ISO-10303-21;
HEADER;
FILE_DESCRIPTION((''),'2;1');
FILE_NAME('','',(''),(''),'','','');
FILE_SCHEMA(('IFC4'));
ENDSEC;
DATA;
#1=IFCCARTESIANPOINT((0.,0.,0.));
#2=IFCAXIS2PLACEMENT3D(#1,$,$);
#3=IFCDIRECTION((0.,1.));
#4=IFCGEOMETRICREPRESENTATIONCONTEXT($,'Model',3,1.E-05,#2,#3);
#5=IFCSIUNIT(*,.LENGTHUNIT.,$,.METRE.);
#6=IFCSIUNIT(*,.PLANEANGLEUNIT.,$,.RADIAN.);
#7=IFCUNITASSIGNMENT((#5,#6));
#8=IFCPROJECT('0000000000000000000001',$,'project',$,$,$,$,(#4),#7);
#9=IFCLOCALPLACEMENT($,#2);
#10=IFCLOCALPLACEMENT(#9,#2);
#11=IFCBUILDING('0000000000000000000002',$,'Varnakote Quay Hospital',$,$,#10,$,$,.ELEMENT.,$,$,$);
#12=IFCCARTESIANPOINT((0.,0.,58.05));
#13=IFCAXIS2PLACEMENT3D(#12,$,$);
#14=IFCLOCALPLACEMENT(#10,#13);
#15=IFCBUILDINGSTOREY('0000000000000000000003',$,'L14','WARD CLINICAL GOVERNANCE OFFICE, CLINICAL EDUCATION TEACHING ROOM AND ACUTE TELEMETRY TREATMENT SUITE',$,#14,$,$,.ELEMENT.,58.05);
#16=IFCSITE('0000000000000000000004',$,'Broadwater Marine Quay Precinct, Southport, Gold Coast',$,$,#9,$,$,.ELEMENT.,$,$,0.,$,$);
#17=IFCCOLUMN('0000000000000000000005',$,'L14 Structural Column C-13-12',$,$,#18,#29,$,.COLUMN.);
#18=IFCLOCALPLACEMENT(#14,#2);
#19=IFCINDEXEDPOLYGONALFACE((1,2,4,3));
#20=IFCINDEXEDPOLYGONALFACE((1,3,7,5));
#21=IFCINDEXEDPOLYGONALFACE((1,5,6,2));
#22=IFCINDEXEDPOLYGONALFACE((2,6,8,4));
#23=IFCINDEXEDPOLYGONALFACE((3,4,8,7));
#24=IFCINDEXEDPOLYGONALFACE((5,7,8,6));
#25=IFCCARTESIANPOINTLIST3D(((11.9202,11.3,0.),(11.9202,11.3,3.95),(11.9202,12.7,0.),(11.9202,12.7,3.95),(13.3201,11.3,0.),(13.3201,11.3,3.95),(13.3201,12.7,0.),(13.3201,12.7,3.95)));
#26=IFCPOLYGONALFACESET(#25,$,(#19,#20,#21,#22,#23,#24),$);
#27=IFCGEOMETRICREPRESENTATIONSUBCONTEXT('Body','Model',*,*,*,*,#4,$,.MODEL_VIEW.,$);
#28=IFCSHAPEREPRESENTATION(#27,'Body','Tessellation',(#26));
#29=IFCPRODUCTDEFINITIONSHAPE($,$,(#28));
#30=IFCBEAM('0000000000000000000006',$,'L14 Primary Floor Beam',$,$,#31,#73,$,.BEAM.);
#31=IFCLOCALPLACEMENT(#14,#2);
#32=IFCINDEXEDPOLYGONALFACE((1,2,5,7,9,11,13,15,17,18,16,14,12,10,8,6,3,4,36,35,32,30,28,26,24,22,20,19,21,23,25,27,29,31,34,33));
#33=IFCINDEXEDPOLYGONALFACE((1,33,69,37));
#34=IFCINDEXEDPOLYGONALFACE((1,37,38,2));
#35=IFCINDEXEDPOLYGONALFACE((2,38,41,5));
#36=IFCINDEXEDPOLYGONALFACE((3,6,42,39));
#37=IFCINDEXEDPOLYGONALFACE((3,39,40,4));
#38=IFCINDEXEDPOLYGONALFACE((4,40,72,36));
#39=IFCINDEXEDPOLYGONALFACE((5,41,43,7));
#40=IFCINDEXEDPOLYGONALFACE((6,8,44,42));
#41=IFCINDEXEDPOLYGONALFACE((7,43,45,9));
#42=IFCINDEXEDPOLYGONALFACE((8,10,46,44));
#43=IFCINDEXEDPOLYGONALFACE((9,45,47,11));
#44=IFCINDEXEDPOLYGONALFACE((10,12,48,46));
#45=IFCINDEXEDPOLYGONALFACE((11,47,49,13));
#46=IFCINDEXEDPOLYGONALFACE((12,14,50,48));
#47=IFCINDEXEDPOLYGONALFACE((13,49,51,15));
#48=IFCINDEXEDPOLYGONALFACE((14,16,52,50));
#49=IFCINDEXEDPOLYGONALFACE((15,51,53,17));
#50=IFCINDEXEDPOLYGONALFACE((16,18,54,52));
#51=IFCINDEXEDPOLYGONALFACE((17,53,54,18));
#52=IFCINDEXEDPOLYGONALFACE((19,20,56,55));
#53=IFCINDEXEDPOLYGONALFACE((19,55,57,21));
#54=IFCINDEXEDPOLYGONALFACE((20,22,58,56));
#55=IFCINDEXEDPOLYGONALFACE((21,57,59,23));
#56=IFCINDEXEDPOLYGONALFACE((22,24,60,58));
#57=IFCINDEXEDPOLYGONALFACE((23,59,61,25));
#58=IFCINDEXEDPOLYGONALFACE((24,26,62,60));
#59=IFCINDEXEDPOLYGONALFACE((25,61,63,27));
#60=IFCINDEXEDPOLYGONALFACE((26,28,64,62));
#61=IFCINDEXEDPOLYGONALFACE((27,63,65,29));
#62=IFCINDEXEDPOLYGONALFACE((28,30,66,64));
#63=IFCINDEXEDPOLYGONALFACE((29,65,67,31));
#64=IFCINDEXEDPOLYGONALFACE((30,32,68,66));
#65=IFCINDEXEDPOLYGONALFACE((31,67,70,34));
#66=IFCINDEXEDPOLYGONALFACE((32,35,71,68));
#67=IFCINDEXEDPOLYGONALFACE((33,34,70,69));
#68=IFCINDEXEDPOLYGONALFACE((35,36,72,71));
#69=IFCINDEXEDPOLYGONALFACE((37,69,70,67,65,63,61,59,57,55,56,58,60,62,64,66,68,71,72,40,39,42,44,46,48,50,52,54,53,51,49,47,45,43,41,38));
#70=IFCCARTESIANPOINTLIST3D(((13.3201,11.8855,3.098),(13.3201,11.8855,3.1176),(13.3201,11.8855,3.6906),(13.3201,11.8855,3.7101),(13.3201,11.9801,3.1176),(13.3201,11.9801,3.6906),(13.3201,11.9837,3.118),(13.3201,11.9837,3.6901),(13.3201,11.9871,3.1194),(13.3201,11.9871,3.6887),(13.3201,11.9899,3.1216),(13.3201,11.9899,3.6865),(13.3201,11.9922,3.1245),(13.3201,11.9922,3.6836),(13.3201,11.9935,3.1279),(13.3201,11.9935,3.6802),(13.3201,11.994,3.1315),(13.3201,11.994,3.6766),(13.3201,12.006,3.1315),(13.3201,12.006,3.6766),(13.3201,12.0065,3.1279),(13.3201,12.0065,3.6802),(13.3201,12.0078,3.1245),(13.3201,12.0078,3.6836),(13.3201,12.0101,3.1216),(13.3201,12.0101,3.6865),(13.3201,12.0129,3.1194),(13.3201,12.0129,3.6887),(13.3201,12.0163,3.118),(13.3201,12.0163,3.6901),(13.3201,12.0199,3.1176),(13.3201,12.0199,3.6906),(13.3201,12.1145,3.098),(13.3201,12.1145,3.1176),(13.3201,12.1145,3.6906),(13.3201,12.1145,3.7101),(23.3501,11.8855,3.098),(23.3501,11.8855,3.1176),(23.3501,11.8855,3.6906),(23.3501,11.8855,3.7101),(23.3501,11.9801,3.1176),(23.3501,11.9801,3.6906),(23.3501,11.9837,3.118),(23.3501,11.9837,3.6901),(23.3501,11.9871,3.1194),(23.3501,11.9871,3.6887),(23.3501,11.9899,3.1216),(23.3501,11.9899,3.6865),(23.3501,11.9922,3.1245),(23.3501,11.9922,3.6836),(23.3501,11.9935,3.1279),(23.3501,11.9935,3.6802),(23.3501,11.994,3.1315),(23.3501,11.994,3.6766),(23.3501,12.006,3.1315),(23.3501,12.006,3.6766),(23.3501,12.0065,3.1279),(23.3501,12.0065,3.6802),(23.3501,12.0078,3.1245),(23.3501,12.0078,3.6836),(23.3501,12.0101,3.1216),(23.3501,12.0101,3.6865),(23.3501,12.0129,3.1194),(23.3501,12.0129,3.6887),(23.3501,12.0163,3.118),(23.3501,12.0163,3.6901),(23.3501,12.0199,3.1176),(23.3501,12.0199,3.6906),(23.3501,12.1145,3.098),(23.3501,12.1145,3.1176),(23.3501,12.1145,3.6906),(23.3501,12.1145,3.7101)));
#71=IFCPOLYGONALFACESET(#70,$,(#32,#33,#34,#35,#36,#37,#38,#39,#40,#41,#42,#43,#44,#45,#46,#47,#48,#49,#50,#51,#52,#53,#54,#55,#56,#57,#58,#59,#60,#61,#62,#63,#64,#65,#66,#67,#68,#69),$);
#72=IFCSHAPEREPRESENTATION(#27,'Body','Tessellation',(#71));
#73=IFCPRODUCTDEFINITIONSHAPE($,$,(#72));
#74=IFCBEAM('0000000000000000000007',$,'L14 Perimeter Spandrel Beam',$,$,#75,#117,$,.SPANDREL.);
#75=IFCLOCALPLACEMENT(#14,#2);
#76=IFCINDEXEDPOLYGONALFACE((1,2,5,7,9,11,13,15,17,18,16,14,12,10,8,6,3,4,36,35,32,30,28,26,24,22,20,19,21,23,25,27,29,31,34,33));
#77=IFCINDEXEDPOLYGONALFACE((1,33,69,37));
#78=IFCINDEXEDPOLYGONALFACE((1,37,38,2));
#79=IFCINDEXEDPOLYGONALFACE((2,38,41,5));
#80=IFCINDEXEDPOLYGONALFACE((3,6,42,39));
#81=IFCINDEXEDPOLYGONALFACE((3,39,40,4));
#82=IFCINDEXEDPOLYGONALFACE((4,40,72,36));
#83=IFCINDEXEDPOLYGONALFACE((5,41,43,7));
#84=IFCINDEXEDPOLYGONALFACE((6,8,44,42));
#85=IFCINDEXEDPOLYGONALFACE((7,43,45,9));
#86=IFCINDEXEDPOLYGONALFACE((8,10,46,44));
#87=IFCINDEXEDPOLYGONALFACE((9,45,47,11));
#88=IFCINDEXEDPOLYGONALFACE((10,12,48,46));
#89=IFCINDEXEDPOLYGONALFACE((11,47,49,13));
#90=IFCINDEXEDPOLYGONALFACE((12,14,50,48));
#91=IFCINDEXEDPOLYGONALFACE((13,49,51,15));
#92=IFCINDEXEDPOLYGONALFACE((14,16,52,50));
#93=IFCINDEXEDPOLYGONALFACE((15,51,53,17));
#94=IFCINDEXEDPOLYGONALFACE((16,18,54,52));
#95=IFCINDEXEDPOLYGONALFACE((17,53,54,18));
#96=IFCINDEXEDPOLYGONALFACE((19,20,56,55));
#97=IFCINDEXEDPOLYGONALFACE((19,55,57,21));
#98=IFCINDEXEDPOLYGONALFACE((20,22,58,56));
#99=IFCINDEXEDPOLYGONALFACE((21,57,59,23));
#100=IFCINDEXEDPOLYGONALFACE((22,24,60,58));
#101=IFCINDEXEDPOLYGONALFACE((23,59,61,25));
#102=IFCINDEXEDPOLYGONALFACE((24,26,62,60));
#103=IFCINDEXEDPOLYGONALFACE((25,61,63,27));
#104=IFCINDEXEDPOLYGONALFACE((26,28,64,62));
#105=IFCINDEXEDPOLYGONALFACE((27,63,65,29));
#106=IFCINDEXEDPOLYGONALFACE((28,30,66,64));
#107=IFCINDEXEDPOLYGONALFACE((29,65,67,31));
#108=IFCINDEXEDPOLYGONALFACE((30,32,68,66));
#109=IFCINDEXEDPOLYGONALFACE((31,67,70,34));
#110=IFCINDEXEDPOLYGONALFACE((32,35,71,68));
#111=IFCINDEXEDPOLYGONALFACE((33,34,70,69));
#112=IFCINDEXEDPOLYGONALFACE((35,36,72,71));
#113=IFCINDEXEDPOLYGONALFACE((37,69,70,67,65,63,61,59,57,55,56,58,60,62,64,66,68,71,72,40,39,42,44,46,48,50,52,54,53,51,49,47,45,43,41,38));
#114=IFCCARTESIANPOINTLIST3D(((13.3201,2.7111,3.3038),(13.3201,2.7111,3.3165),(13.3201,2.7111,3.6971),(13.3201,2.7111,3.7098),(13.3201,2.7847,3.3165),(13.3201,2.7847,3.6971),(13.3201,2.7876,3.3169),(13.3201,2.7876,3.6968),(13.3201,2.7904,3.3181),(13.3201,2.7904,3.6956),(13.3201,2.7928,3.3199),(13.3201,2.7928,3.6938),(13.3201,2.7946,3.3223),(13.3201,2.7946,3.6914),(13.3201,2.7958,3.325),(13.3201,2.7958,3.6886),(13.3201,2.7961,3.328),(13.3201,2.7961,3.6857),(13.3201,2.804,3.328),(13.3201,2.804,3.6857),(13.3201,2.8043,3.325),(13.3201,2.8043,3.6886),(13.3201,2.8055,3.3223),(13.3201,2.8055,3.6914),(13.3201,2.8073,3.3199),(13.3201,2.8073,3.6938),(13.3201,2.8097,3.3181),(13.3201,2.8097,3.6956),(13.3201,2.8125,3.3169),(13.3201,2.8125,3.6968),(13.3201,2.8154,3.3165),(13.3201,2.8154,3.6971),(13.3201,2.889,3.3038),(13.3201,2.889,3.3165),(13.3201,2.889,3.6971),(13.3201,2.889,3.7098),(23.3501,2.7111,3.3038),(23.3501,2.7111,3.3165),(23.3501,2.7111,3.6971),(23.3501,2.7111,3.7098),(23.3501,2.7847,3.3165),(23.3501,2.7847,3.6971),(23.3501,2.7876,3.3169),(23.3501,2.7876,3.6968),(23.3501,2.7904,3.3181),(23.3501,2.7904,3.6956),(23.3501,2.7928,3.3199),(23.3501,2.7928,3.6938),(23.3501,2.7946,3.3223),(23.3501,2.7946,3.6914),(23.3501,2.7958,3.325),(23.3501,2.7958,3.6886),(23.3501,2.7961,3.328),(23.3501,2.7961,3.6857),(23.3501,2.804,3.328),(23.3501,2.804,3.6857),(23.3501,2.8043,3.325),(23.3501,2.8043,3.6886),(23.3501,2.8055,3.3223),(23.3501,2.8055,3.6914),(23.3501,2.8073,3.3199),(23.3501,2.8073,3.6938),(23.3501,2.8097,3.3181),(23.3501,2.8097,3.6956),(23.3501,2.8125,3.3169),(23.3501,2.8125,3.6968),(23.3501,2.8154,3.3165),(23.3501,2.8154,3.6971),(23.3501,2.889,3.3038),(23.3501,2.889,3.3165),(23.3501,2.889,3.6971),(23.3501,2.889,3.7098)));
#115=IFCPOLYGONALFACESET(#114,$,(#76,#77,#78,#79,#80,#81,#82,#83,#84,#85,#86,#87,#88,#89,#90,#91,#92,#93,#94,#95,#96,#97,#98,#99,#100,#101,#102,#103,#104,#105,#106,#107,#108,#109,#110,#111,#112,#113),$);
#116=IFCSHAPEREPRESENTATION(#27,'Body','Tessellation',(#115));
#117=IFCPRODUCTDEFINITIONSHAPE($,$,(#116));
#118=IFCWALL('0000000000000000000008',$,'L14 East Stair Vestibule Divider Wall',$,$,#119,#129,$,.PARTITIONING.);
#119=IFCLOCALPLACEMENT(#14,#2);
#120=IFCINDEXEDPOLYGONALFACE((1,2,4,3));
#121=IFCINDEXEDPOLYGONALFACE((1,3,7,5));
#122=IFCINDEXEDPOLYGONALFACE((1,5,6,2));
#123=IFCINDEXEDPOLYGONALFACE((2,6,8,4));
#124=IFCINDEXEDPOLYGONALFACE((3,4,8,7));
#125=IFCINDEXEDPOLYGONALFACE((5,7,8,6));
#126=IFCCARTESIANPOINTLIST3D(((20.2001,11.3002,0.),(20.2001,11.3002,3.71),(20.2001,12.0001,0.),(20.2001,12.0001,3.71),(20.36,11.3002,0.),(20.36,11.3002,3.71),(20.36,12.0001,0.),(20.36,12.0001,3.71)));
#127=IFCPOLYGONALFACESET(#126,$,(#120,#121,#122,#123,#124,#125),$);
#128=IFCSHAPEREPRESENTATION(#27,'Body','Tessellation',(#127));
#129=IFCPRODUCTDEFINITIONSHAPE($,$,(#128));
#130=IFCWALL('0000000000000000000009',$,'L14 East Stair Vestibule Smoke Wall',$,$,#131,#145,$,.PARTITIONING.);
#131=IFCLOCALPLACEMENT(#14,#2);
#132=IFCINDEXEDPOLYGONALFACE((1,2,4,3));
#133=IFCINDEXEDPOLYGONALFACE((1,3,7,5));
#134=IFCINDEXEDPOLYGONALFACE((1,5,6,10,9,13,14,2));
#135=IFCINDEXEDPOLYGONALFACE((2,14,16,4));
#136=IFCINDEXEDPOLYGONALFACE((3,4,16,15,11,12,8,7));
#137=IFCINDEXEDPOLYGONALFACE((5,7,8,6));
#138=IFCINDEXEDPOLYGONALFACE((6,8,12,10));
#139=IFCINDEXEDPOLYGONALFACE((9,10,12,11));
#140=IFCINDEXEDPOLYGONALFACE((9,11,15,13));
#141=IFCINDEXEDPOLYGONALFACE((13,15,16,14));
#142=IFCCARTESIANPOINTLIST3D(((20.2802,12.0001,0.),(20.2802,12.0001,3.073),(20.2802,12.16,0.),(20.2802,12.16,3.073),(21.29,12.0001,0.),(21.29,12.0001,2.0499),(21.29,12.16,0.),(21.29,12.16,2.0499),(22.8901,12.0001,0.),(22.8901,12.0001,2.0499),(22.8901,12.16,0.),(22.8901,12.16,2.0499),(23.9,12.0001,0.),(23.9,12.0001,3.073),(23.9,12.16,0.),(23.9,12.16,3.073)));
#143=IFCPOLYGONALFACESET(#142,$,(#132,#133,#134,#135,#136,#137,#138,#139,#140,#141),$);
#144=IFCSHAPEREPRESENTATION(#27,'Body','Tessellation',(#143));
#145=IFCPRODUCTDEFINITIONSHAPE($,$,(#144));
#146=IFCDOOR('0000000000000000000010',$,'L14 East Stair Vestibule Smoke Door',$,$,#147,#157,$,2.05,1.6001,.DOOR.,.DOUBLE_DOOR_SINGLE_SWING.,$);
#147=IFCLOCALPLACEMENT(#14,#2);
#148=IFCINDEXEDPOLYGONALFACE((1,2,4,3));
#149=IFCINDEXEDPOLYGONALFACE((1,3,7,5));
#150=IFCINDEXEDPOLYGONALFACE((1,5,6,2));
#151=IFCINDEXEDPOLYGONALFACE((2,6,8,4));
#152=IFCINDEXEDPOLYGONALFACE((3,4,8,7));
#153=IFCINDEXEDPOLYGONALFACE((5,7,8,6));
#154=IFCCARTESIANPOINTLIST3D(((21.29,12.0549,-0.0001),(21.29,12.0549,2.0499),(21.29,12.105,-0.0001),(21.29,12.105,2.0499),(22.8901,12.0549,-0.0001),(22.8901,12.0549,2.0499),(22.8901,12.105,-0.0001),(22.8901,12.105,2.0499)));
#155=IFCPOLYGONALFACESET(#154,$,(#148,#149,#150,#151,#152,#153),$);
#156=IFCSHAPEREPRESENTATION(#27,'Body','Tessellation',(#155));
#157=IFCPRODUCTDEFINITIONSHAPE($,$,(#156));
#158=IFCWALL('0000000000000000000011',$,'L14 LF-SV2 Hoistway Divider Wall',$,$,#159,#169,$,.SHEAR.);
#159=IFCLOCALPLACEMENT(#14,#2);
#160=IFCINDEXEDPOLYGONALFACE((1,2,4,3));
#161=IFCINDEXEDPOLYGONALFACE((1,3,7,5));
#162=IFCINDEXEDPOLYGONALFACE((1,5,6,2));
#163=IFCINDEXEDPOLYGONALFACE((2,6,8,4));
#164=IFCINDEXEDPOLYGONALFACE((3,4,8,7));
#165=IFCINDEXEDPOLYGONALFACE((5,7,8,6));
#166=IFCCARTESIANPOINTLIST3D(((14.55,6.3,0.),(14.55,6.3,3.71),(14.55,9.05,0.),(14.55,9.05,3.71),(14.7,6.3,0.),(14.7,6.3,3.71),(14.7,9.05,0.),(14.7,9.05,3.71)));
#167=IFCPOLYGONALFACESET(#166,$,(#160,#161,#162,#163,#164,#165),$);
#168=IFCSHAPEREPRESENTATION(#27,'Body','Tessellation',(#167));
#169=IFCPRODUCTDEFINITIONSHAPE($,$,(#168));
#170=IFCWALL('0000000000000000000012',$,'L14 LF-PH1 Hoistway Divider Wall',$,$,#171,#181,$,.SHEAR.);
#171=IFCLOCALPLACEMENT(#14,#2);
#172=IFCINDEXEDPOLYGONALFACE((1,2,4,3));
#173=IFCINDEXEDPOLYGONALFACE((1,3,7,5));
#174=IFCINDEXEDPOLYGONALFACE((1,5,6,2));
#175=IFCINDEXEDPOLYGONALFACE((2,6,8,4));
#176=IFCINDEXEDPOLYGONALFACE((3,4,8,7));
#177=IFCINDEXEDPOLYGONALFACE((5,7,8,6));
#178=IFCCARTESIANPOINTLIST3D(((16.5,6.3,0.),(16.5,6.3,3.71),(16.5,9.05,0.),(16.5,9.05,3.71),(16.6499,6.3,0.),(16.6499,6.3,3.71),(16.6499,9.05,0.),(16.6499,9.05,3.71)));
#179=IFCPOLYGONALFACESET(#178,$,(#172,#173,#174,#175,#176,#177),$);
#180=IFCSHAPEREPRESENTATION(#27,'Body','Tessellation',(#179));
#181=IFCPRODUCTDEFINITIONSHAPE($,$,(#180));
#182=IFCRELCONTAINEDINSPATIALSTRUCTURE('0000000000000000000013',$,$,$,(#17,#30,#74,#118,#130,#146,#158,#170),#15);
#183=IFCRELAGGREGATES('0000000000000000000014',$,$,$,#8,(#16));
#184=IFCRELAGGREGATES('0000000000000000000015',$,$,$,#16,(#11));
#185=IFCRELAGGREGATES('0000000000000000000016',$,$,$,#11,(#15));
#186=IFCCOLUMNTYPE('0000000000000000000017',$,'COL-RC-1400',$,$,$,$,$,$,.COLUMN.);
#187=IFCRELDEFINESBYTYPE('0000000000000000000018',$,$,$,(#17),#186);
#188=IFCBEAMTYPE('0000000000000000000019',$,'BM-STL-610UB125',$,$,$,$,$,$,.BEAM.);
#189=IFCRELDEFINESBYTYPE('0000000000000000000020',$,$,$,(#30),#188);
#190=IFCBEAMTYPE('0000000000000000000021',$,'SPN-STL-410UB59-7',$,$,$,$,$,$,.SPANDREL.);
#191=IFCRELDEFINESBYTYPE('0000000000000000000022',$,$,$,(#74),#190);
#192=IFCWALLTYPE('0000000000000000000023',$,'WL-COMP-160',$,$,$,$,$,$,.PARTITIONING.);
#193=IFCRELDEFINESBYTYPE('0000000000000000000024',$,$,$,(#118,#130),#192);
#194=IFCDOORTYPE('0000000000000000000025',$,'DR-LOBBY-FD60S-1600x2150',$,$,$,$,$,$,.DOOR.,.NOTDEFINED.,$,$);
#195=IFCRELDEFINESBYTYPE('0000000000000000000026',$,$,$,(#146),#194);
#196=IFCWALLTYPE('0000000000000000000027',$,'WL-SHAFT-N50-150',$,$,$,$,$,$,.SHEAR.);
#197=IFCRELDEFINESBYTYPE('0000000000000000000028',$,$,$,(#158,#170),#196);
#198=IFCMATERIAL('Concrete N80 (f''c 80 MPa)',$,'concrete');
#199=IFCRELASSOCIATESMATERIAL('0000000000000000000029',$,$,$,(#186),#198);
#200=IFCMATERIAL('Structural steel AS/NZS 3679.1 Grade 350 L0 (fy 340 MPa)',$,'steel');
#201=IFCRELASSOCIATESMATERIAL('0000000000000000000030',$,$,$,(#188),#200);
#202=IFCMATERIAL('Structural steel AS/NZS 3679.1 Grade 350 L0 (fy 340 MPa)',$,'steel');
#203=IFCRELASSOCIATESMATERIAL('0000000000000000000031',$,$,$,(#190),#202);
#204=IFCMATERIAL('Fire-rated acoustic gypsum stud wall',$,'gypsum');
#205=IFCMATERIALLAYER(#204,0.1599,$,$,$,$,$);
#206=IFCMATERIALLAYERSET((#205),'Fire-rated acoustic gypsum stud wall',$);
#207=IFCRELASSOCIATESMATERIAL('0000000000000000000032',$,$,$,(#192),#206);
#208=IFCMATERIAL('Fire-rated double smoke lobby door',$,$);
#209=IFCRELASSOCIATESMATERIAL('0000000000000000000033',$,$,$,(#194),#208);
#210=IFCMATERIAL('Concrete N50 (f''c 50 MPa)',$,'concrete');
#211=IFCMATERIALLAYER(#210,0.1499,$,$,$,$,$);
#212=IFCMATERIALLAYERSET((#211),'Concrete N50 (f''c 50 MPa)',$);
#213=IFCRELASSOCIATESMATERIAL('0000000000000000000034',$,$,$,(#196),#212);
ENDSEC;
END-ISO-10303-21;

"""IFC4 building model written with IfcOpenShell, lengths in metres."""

from ifc_helpers import new_model, si_unit, direction, frame, frame_2d, origin, origin_2d, place, context, subcontext, project, spatial, rectangle, i_section, extrude, material, layer, layer_set, material_profile, profile_set, type_object, element, fill, save


model = new_model("IFC4")

# Units and contexts
model_context = context("Model", 3, precision=1e-05, world=origin(), true_north=direction((0.0, 1.0)))
body_context = subcontext(model_context, "Body", "Model", "MODEL_VIEW")
ifc_project = project(units=[si_unit("LENGTHUNIT", "METRE"), si_unit("PLANEANGLEUNIT", "RADIAN")], contexts=[model_context])

# Site, building, storey
site_placement = place(None, origin())
site = spatial("IfcSite", under=ifc_project, at=site_placement, Name="Broadwater Marine Quay Precinct, Southport, Gold Coast", CompositionType="ELEMENT", RefElevation=0.0)
building_placement = place(site_placement, origin())
building = spatial("IfcBuilding", under=site, at=building_placement, Name="Varnakote Quay Hospital", CompositionType="ELEMENT")
storey_placement = place(building_placement, frame((0.0, 0.0, 58.05)))
storey = spatial("IfcBuildingStorey", under=building, at=storey_placement, Name="L14", Description="WARD CLINICAL GOVERNANCE OFFICE, CLINICAL EDUCATION TEACHING ROOM AND ACUTE TELEMETRY TREATMENT SUITE", CompositionType="ELEMENT", Elevation=58.05)

# Column
ifc_material_1 = material(Name="Concrete N80 (f'c 80 MPa)", Category="concrete")
ifc_material_profile_1 = material_profile(ifc_material_1, rectangle(XDim=1.3999, YDim=1.3999, at=origin_2d()), Name="RC-COL-1400x1400")
ifc_profile_set_1 = profile_set([ifc_material_profile_1], Name="Concrete N80 (f'c 80 MPa)")
column_type = type_object("IfcColumnType", Name="COL-RC-1400", PredefinedType="COLUMN", material=ifc_profile_set_1)
column_placement = place(storey_placement, frame((12.6201, 12.0, 0.0), z_axis=(0.0, 0.0, 1.0), x_axis=(1.0, 0.0, 0.0)))
element("IfcColumn", 1, at=column_placement, inside=storey, type_object=column_type, Name="L14 Structural Column C-13-12", PredefinedType="COLUMN", context=body_context, shape_type="SweptSolid", body=[
    extrude(rectangle(XDim=1.3999, YDim=1.3999, at=origin_2d()), origin(), (0.0, 0.0, 1.0), 3.95),
])

# Beams
ifc_material_2 = material(Name="Structural steel AS/NZS 3679.1 Grade 350 L0 (fy 340 MPa)", Category="steel")
ifc_material_profile_2 = material_profile(ifc_material_2, i_section(OverallWidth=0.229, OverallDepth=0.6121, WebThickness=0.012, FlangeThickness=0.0195, FilletRadius=0.0139, at=origin_2d()), Name="610UB125")
ifc_profile_set_2 = profile_set([ifc_material_profile_2], Name="Structural steel AS/NZS 3679.1 Grade 350 L0 (fy 340 MPa)")
beam_type_1 = type_object("IfcBeamType", Name="BM-STL-610UB125", PredefinedType="BEAM", material=ifc_profile_set_2)
beam_1_placement = place(storey_placement, frame((13.3201, 12.0, 3.4041), z_axis=(1.0, 0.0, 0.0), x_axis=(0.0, 1.0, 0.0)))
element("IfcBeam", 2, at=beam_1_placement, inside=storey, type_object=beam_type_1, Name="L14 Primary Floor Beam", PredefinedType="BEAM", context=body_context, shape_type="SweptSolid", body=[
    extrude(i_section(OverallWidth=0.229, OverallDepth=0.6121, WebThickness=0.012, FlangeThickness=0.0195, FilletRadius=0.0139, at=origin_2d()), origin(), (0.0, 0.0, 1.0), 10.03),
])
ifc_material_3 = material(Name="Structural steel AS/NZS 3679.1 Grade 350 L0 (fy 340 MPa)", Category="steel")
ifc_material_profile_3 = material_profile(ifc_material_3, i_section(OverallWidth=0.178, OverallDepth=0.406, WebThickness=0.0078, FlangeThickness=0.0127, FilletRadius=0.0115, at=origin_2d()), Name="410UB59.7")
ifc_profile_set_3 = profile_set([ifc_material_profile_3], Name="Structural steel AS/NZS 3679.1 Grade 350 L0 (fy 340 MPa)")
beam_type_2 = type_object("IfcBeamType", Name="SPN-STL-410UB59-7", PredefinedType="SPANDREL", material=ifc_profile_set_3)
beam_2_placement = place(storey_placement, frame((13.3201, 2.8, 3.5068), z_axis=(1.0, 0.0, 0.0), x_axis=(0.0, 1.0, 0.0)))
element("IfcBeam", 3, at=beam_2_placement, inside=storey, type_object=beam_type_2, Name="L14 Perimeter Spandrel Beam", PredefinedType="SPANDREL", context=body_context, shape_type="SweptSolid", body=[
    extrude(i_section(OverallWidth=0.178, OverallDepth=0.406, WebThickness=0.0078, FlangeThickness=0.0127, FilletRadius=0.0115, at=origin_2d()), origin(), (0.0, 0.0, 1.0), 10.03),
])

# Wall
ifc_material_4 = material(Name="Fire-rated acoustic gypsum stud wall", Category="gypsum")
ifc_layer_1 = layer(ifc_material_4, 0.1599)
ifc_layer_set_1 = layer_set([ifc_layer_1], Name="Fire-rated acoustic gypsum stud wall")
wall_type_1 = type_object("IfcWallType", Name="WL-COMP-160", PredefinedType="PARTITIONING", material=ifc_layer_set_1)
wall_1_placement = place(storey_placement, frame((20.28, 11.3, 0.0), z_axis=(0.0, 0.0, 1.0), x_axis=(0.0, 1.0, 0.0)))
element("IfcWall", 4, at=wall_1_placement, inside=storey, type_object=wall_type_1, Name="L14 East Stair Vestibule Divider Wall", PredefinedType="PARTITIONING", context=body_context, shape_type="SweptSolid", body=[
    extrude(rectangle(XDim=0.7, YDim=0.1599, at=frame_2d((0.3501, 0.0))), origin(), (0.0, 0.0, 1.0), 3.71),
])

# Wall, opening, door
wall_2_placement = place(storey_placement, frame((20.28, 12.0801, 0.0), z_axis=(0.0, 0.0, 1.0), x_axis=(1.0, 0.0, 0.0)))
wall_2 = element("IfcWall", 5, at=wall_2_placement, inside=storey, type_object=wall_type_1, Name="L14 East Stair Vestibule Smoke Wall", PredefinedType="PARTITIONING", context=body_context, shape_type="SweptSolid", body=[
    extrude(rectangle(XDim=3.6199, YDim=0.1599, at=frame_2d((1.8101, 0.0))), origin(), (0.0, 0.0, 1.0), 3.073),
])
opening_1_placement = place(wall_2_placement, frame((1.01, 0.0, 0.0)))
opening_1 = element("IfcOpeningElement", 6, at=opening_1_placement, cuts=wall_2, PredefinedType="OPENING", context=body_context, shape_type="SweptSolid", body=[
    extrude(rectangle(XDim=1.6001, YDim=2.05, at=frame_2d((0.8, 1.0249))), frame((0.0, 0.0898, 0.0), z_axis=(0.0, -1.0, 0.0), x_axis=(1.0, 0.0, 0.0)), (0.0, 0.0, 1.0), 0.1799),
])
ifc_material_5 = material(Name="Fire-rated double smoke lobby door")
door_type_1 = type_object("IfcDoorType", Name="DR-LOBBY-FD60S-1600x2150", OperationType="NOTDEFINED", PredefinedType="DOOR", material=ifc_material_5)
door_1_placement = place(opening_1_placement, origin())
door_1 = element("IfcDoor", 7, at=door_1_placement, inside=storey, type_object=door_type_1, Name="L14 East Stair Vestibule Smoke Door", OperationType="DOUBLE_DOOR_SINGLE_SWING", OverallHeight=2.05, OverallWidth=1.6001, PredefinedType="DOOR", context=body_context, shape_type="SweptSolid", body=[
    extrude(rectangle(XDim=1.6001, YDim=2.05, at=frame_2d((0.8, 1.0249))), frame((0.0, 0.0249, 0.0), z_axis=(0.0, -1.0, 0.0), x_axis=(1.0, 0.0, 0.0)), (0.0, 0.0, 1.0), 0.05),
])
fill(opening_1, door_1)

# Walls
ifc_material_6 = material(Name="Concrete N50 (f'c 50 MPa)", Category="concrete")
ifc_layer_2 = layer(ifc_material_6, 0.1499)
ifc_layer_set_2 = layer_set([ifc_layer_2], Name="Concrete N50 (f'c 50 MPa)")
wall_type_2 = type_object("IfcWallType", Name="WL-SHAFT-N50-150", PredefinedType="SHEAR", material=ifc_layer_set_2)
for number, where, z_axis, x_axis, name in (
    (8, (14.625, 6.3, 0.0), (0.0, 0.0, 1.0), (0.0, 1.0, 0.0), "L14 LF-SV2 Hoistway Divider Wall"),
    (9, (16.575, 6.3, 0.0), (0.0, 0.0, 1.0), (0.0, 1.0, 0.0), "L14 LF-PH1 Hoistway Divider Wall"),
):
    element("IfcWall", number, at=place(storey_placement, frame(where, z_axis=z_axis, x_axis=x_axis)), inside=storey, type_object=wall_type_2, Name=name, PredefinedType="SHEAR", context=body_context, shape_type="SweptSolid", body=[
        extrude(rectangle(XDim=2.75, YDim=0.1499, at=frame_2d((1.375, 0.0))), origin(), (0.0, 0.0, 1.0), 3.71),
    ])

save(model, "model.ifc")
